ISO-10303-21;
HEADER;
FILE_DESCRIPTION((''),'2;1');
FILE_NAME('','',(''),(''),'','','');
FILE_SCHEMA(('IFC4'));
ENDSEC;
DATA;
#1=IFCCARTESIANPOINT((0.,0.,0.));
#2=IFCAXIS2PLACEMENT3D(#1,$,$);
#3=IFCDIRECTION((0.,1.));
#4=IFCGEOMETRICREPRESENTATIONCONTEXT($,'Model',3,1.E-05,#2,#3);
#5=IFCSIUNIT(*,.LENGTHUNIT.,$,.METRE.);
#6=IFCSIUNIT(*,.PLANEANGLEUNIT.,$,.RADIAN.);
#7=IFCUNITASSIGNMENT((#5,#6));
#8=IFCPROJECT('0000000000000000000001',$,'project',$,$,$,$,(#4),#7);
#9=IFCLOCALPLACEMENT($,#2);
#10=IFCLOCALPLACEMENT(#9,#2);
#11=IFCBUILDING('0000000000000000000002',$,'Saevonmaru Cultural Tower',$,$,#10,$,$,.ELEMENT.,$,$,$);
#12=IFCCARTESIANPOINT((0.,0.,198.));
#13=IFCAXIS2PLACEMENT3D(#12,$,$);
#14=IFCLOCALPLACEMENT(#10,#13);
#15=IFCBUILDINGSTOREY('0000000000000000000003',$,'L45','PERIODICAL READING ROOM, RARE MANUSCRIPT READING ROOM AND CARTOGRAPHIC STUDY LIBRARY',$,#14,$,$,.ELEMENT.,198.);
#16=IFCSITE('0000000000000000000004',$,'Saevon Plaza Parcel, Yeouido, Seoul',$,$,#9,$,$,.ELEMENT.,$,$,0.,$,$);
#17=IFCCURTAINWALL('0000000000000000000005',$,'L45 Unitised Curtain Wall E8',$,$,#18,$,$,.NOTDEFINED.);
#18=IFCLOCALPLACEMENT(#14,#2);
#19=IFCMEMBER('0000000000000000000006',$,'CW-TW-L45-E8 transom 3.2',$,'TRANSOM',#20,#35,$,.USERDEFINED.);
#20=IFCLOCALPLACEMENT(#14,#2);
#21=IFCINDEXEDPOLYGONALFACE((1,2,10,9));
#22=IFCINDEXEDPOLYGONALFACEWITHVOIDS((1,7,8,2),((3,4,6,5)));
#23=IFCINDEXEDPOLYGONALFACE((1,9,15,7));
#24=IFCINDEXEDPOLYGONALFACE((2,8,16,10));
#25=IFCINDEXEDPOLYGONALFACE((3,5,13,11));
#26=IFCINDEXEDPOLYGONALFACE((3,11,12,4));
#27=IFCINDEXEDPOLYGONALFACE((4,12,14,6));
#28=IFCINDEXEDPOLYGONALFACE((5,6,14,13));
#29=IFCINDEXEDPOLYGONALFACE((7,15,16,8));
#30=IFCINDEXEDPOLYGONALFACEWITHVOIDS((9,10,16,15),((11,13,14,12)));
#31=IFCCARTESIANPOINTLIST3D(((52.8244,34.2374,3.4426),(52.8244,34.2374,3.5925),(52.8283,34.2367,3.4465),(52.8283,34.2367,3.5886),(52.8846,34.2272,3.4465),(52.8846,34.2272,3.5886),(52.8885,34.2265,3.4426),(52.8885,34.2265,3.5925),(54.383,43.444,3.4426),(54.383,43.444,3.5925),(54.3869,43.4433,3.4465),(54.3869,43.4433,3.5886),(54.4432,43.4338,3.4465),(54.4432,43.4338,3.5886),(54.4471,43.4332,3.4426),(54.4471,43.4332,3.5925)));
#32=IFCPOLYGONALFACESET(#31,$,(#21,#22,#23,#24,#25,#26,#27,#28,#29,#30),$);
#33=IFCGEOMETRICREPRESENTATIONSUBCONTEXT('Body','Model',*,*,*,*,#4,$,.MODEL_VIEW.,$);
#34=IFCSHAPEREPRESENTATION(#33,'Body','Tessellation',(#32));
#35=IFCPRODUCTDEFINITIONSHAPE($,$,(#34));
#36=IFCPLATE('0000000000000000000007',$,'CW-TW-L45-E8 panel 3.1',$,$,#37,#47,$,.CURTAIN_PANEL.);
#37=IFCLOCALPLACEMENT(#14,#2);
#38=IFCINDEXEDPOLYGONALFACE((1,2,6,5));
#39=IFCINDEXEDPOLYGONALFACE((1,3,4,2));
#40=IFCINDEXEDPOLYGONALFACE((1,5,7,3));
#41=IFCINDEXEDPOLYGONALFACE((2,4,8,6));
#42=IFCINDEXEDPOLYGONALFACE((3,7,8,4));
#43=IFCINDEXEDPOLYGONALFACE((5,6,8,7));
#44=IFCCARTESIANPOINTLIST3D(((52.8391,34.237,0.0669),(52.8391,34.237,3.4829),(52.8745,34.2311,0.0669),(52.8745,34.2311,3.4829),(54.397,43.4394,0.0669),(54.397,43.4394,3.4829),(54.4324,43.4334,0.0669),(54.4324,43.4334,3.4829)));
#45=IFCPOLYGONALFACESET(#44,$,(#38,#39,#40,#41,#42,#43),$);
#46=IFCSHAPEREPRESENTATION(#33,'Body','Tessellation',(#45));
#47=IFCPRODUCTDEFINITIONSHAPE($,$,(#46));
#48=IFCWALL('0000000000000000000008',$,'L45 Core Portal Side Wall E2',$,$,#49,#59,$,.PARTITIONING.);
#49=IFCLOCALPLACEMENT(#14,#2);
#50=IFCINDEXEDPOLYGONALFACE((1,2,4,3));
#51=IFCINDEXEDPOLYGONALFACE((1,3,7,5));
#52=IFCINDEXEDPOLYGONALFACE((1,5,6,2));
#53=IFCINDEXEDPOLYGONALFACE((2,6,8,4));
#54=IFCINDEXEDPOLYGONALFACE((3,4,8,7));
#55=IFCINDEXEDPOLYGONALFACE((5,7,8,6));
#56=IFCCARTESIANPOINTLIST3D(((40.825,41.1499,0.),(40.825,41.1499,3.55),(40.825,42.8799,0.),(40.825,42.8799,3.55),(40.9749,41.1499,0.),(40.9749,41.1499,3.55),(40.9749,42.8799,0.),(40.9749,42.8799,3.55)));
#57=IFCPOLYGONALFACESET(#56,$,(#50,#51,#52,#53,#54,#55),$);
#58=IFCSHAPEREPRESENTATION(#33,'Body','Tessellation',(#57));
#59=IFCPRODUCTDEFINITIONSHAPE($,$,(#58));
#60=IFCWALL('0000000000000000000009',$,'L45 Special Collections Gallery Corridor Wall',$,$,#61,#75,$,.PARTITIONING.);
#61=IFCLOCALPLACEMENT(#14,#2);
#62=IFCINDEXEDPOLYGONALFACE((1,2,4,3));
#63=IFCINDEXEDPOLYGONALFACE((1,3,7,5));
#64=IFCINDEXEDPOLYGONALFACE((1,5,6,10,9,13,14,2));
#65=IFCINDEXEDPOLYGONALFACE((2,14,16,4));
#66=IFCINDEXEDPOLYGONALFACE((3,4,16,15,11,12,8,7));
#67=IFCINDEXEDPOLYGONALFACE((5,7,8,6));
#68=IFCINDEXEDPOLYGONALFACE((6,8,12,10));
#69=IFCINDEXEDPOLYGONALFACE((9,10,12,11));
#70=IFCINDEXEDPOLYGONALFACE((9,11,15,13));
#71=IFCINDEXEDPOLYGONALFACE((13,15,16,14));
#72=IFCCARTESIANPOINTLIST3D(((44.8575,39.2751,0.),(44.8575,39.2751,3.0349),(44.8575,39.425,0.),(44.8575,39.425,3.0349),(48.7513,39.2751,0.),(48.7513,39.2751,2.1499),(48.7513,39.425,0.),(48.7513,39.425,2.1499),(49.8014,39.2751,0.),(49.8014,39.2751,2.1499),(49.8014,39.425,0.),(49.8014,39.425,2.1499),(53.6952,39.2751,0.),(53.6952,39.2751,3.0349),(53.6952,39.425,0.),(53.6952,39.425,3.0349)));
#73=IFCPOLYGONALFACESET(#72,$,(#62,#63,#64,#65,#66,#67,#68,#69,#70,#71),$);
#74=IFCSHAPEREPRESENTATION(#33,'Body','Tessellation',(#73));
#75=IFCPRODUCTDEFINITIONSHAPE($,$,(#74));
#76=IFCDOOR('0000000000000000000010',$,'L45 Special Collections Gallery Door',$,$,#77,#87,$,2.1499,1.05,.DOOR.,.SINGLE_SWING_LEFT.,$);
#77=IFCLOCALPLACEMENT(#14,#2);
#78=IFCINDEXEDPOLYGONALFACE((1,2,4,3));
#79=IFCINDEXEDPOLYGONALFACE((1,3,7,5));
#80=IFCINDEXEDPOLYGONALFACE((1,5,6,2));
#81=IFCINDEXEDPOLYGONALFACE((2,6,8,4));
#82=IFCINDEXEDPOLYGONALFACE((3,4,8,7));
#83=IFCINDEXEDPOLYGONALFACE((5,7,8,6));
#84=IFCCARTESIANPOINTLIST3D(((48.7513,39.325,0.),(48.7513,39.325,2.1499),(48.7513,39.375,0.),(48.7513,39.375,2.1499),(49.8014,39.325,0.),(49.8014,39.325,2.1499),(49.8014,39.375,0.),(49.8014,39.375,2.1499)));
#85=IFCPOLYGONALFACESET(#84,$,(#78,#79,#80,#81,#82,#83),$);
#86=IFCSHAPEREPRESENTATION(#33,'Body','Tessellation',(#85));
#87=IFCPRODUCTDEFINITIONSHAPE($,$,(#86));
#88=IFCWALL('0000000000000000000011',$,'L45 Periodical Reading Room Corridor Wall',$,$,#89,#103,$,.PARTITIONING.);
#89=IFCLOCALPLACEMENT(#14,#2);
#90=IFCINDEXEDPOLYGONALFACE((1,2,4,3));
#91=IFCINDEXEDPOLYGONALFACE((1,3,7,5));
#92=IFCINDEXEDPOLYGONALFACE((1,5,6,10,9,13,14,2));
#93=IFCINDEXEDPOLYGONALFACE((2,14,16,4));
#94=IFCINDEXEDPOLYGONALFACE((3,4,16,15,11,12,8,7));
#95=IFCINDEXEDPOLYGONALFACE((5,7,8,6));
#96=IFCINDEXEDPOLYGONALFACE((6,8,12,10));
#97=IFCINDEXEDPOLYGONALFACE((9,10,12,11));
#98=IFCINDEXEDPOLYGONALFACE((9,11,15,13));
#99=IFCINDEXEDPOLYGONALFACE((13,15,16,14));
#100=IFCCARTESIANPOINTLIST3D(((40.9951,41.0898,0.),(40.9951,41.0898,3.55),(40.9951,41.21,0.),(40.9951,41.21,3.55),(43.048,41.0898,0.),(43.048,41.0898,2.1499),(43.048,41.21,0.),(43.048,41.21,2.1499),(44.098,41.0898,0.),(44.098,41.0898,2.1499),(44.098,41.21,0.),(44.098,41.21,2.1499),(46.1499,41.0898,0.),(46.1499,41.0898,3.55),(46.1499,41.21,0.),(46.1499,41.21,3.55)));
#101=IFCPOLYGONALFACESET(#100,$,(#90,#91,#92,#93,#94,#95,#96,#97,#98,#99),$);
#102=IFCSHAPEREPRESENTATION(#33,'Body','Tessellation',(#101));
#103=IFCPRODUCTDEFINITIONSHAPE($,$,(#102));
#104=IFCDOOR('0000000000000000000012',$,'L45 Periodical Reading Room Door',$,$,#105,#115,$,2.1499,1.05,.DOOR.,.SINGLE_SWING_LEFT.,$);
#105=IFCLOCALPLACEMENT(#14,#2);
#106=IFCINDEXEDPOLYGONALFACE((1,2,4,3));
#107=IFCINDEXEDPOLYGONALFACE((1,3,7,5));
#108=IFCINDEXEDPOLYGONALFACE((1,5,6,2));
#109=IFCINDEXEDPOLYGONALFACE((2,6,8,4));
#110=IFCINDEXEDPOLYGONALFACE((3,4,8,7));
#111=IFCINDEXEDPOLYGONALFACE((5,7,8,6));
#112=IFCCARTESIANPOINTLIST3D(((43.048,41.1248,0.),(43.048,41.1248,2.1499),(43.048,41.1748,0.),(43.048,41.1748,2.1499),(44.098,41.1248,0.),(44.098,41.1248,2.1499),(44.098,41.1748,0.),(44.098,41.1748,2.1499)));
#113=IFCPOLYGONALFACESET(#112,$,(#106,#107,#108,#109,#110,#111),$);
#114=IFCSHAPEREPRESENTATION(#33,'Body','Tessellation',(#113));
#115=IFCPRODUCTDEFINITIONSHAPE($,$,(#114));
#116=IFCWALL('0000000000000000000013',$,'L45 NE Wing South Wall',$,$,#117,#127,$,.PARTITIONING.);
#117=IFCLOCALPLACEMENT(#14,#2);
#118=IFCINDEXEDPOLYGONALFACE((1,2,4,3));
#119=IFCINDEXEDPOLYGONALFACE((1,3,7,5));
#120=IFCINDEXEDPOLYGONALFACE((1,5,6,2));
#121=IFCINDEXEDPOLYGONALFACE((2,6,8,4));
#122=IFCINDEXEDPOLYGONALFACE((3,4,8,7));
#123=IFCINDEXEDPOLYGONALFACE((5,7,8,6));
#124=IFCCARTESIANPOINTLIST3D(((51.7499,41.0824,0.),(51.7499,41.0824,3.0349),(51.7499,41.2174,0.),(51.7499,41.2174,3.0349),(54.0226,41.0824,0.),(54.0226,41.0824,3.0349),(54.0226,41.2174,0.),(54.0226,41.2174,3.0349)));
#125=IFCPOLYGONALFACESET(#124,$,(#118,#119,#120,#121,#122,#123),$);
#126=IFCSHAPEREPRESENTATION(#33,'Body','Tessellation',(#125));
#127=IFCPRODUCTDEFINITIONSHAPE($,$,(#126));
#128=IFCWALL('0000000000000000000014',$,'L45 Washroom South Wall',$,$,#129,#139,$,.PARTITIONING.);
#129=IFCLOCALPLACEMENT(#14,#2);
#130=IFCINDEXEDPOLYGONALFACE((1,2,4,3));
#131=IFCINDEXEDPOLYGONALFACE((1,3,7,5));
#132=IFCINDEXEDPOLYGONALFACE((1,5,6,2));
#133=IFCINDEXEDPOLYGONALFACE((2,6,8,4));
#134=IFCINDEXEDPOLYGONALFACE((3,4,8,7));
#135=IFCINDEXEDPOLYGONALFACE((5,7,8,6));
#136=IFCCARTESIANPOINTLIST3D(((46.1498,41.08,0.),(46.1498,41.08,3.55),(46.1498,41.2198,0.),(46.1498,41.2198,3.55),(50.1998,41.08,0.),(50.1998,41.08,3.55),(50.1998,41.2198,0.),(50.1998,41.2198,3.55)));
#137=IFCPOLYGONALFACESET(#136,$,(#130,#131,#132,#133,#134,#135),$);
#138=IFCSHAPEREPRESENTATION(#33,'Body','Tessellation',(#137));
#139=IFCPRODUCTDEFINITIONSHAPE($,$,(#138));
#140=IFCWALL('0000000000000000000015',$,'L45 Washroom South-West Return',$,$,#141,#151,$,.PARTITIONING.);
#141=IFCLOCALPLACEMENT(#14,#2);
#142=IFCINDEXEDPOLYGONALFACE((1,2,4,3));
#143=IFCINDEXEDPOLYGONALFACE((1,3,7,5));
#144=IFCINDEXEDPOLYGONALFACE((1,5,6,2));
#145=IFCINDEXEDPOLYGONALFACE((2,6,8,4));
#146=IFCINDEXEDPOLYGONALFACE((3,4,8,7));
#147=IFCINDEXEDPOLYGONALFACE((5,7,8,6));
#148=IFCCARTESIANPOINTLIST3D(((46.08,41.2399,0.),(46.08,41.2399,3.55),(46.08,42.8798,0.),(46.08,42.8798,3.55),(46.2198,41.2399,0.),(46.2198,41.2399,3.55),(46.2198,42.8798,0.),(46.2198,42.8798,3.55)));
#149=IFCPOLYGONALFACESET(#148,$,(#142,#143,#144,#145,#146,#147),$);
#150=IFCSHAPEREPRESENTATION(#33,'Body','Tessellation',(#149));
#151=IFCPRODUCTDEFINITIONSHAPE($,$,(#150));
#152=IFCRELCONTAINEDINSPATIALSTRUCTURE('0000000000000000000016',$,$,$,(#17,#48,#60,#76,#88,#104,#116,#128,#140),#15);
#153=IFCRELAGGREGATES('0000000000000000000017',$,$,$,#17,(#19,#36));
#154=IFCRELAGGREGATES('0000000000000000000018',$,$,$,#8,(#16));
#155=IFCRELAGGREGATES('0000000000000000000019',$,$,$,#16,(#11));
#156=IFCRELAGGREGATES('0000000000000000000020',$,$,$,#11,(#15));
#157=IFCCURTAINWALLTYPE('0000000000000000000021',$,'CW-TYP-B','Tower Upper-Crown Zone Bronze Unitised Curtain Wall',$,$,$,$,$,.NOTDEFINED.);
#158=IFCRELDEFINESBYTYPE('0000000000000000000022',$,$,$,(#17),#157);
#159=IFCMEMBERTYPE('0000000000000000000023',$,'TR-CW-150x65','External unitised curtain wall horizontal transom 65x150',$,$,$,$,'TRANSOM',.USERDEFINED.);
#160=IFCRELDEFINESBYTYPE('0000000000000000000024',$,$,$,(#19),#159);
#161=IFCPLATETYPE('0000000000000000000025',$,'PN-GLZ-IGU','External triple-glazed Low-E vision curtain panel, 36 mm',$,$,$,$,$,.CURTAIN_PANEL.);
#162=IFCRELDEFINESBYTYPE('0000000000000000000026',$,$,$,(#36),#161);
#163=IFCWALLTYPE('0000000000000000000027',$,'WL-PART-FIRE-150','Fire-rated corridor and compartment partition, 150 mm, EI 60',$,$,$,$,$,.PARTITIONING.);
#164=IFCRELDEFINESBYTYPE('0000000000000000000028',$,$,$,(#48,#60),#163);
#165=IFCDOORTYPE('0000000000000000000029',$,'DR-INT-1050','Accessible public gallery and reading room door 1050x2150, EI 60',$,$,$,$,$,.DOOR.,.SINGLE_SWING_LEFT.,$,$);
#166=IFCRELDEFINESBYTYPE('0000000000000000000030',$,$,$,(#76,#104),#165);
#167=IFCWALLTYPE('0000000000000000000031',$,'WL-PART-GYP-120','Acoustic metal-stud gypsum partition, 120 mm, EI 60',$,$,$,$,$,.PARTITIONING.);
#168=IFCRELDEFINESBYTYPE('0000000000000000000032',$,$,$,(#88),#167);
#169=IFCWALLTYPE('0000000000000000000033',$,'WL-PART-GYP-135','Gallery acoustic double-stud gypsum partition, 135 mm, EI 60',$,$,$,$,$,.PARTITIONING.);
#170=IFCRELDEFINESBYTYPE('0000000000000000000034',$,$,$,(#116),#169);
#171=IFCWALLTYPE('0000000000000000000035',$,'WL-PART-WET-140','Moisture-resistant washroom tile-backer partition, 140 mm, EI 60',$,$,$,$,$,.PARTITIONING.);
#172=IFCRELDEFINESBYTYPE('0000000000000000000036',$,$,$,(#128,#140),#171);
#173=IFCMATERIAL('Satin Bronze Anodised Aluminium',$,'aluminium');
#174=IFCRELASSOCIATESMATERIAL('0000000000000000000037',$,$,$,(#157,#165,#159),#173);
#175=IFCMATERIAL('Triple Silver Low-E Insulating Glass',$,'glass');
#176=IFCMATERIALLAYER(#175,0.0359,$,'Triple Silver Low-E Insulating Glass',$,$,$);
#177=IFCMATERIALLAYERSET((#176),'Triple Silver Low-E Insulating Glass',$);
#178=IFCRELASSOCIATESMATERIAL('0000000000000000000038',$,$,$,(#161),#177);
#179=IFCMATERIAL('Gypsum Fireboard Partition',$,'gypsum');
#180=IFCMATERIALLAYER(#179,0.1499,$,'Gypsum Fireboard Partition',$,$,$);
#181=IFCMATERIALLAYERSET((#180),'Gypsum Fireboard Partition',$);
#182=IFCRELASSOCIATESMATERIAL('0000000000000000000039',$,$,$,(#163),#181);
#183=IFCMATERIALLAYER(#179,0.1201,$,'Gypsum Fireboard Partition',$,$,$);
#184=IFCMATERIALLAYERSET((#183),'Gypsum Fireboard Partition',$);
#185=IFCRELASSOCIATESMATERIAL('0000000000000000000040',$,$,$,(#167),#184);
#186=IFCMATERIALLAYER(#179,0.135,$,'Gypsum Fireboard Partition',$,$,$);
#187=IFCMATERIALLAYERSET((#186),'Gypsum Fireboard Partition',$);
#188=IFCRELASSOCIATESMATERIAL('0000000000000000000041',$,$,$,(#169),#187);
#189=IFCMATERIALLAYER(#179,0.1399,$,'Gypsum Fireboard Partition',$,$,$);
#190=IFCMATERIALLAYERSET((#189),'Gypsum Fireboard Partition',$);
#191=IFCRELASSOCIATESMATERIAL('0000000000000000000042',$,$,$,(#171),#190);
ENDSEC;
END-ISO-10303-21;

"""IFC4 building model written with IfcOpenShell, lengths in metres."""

from ifc_helpers import new_model, si_unit, direction, frame, frame_2d, origin, origin_2d, place, context, subcontext, project, spatial, rectangle, hollow_rectangle, extrude, material, layer, layer_set, material_profile, profile_set, type_object, element, fill, aggregate, save


model = new_model("IFC4")

# Units and contexts
model_context = context("Model", 3, precision=1e-05, world=origin(), true_north=direction((0.0, 1.0)))
body_context = subcontext(model_context, "Body", "Model", "MODEL_VIEW")
ifc_project = project(units=[si_unit("LENGTHUNIT", "METRE"), si_unit("PLANEANGLEUNIT", "RADIAN")], contexts=[model_context])

# Site, building, storey
site_placement = place(None, origin())
site = spatial("IfcSite", under=ifc_project, at=site_placement, Name="Saevon Plaza Parcel, Yeouido, Seoul", CompositionType="ELEMENT", RefElevation=0.0)
building_placement = place(site_placement, origin())
building = spatial("IfcBuilding", under=site, at=building_placement, Name="Saevonmaru Cultural Tower", CompositionType="ELEMENT")
storey_placement = place(building_placement, frame((0.0, 0.0, 198.0)))
storey = spatial("IfcBuildingStorey", under=building, at=storey_placement, Name="L45", Description="PERIODICAL READING ROOM, RARE MANUSCRIPT READING ROOM AND CARTOGRAPHIC STUDY LIBRARY", CompositionType="ELEMENT", Elevation=198.0)

# Curtain wall, member, plate
ifc_material_1 = material(Name="Satin Bronze Anodised Aluminium", Category="aluminium")
curtain_wall_type = type_object("IfcCurtainWallType", Name="CW-TYP-B", Description="Tower Upper-Crown Zone Bronze Unitised Curtain Wall", PredefinedType="NOTDEFINED", material=ifc_material_1)
curtain_wall_placement = place(storey_placement, origin())
curtain_wall = element("IfcCurtainWall", 1, at=curtain_wall_placement, inside=storey, type_object=curtain_wall_type, Name="L45 Unitised Curtain Wall E8", PredefinedType="NOTDEFINED")
ifc_material_profile_1 = material_profile(ifc_material_1, hollow_rectangle(XDim=0.0649, YDim=0.1499, WallThickness=0.0039, at=origin_2d()), Name="ALU-TRAN-150x65x4")
ifc_profile_set_1 = profile_set([ifc_material_profile_1], Name="Satin Bronze Anodised Aluminium")
member_type_1 = type_object("IfcMemberType", Name="TR-CW-150x65", Description="External unitised curtain wall horizontal transom 65x150", ElementType="TRANSOM", PredefinedType="USERDEFINED", material=ifc_profile_set_1)
member_1_placement = place(storey_placement, frame((52.8564, 34.2319, 3.5176), z_axis=(0.166917, 0.985971, 0.0), x_axis=(-0.985971, 0.166917, 0.0)))
member_1 = element("IfcMember", 2, at=member_1_placement, type_object=member_type_1, Name="CW-TW-L45-E8 transom 3.2", ObjectType="TRANSOM", PredefinedType="USERDEFINED", context=body_context, shape_type="SweptSolid", body=[
    extrude(hollow_rectangle(XDim=0.0649, YDim=0.1499, WallThickness=0.0039, at=origin_2d()), origin(), (0.0, 0.0, 1.0), 9.3376),
])
ifc_material_2 = material(Name="Triple Silver Low-E Insulating Glass", Category="glass")
ifc_layer_1 = layer(ifc_material_2, 0.0359, Name="Triple Silver Low-E Insulating Glass")
ifc_layer_set_1 = layer_set([ifc_layer_1], Name="Triple Silver Low-E Insulating Glass")
plate_type = type_object("IfcPlateType", Name="PN-GLZ-IGU", Description="External triple-glazed Low-E vision curtain panel, 36 mm", PredefinedType="CURTAIN_PANEL", material=ifc_layer_set_1)
plate_placement = place(storey_placement, frame((53.6357, 38.8352, 0.0669), z_axis=(0.0, 0.0, 1.0), x_axis=(0.166922, 0.98597, 0.0)))
plate = element("IfcPlate", 3, at=plate_placement, type_object=plate_type, Name="CW-TW-L45-E8 panel 3.1", PredefinedType="CURTAIN_PANEL", context=body_context, shape_type="SweptSolid", body=[
    extrude(rectangle(XDim=9.3333, YDim=0.0359, at=origin_2d()), origin(), (0.0, 0.0, 1.0), 3.416),
])
aggregate(curtain_wall, [member_1, plate])

# Shared definitions
ifc_material_3 = material(Name="Gypsum Fireboard Partition", Category="gypsum")
ifc_layer_2 = layer(ifc_material_3, 0.1499, Name="Gypsum Fireboard Partition")
ifc_layer_set_2 = layer_set([ifc_layer_2], Name="Gypsum Fireboard Partition")
wall_type_1 = type_object("IfcWallType", Name="WL-PART-FIRE-150", Description="Fire-rated corridor and compartment partition, 150 mm, EI 60", PredefinedType="PARTITIONING", material=ifc_layer_set_2)
door_type_1 = type_object("IfcDoorType", Name="DR-INT-1050", Description="Accessible public gallery and reading room door 1050x2150, EI 60", OperationType="SINGLE_SWING_LEFT", PredefinedType="DOOR", material=ifc_material_1)

# Wall
wall_1_placement = place(storey_placement, frame((40.8999, 41.1499, 0.0), z_axis=(0.0, 0.0, 1.0), x_axis=(0.0, 1.0, 0.0)))
element("IfcWall", 4, at=wall_1_placement, inside=storey, type_object=wall_type_1, Name="L45 Core Portal Side Wall E2", PredefinedType="PARTITIONING", context=body_context, shape_type="SweptSolid", body=[
    extrude(rectangle(XDim=1.73, YDim=0.1499, at=frame_2d((0.865, 0.0))), origin(), (0.0, 0.0, 1.0), 3.55),
])

# Walls, openings, doors
wall_2_placement = place(storey_placement, frame((44.8574, 39.3501, 0.0), z_axis=(0.0, 0.0, 1.0), x_axis=(1.0, 0.0, 0.0)))
wall_2 = element("IfcWall", 5, at=wall_2_placement, inside=storey, type_object=wall_type_1, Name="L45 Special Collections Gallery Corridor Wall", PredefinedType="PARTITIONING", context=body_context, shape_type="SweptSolid", body=[
    extrude(rectangle(XDim=8.8376, YDim=0.1499, at=frame_2d((4.4189, 0.0))), origin(), (0.0, 0.0, 1.0), 3.0349),
])
opening_1_placement = place(wall_2_placement, frame((3.894, 0.0, 0.0)))
opening_1 = element("IfcOpeningElement", 6, at=opening_1_placement, cuts=wall_2, PredefinedType="OPENING", context=body_context, shape_type="SweptSolid", body=[
    extrude(rectangle(XDim=1.05, YDim=2.1499, at=frame_2d((0.5249, 1.075))), frame((0.0, 0.085, 0.0), z_axis=(0.0, -1.0, 0.0), x_axis=(1.0, 0.0, 0.0)), (0.0, 0.0, 1.0), 0.1699),
])
door_1_placement = place(opening_1_placement, origin())
door_1 = element("IfcDoor", 7, at=door_1_placement, inside=storey, type_object=door_type_1, Name="L45 Special Collections Gallery Door", OperationType="SINGLE_SWING_LEFT", OverallHeight=2.1499, OverallWidth=1.05, PredefinedType="DOOR", context=body_context, shape_type="SweptSolid", body=[
    extrude(rectangle(XDim=1.05, YDim=2.1499, at=frame_2d((0.5249, 1.075))), frame((0.0, 0.0249, 0.0), z_axis=(0.0, -1.0, 0.0), x_axis=(1.0, 0.0, 0.0)), (0.0, 0.0, 1.0), 0.05),
])
fill(opening_1, door_1)
ifc_layer_3 = layer(ifc_material_3, 0.1201, Name="Gypsum Fireboard Partition")
ifc_layer_set_3 = layer_set([ifc_layer_3], Name="Gypsum Fireboard Partition")
wall_type_2 = type_object("IfcWallType", Name="WL-PART-GYP-120", Description="Acoustic metal-stud gypsum partition, 120 mm, EI 60", PredefinedType="PARTITIONING", material=ifc_layer_set_3)
wall_3_placement = place(storey_placement, frame((40.9951, 41.1499, 0.0), z_axis=(0.0, 0.0, 1.0), x_axis=(1.0, 0.0, 0.0)))
wall_3 = element("IfcWall", 8, at=wall_3_placement, inside=storey, type_object=wall_type_2, Name="L45 Periodical Reading Room Corridor Wall", PredefinedType="PARTITIONING", context=body_context, shape_type="SweptSolid", body=[
    extrude(rectangle(XDim=5.1548, YDim=0.1201, at=frame_2d((2.5774, 0.0))), origin(), (0.0, 0.0, 1.0), 3.55),
])
opening_2_placement = place(wall_3_placement, frame((2.053, 0.0, 0.0)))
opening_2 = element("IfcOpeningElement", 9, at=opening_2_placement, cuts=wall_3, PredefinedType="OPENING", context=body_context, shape_type="SweptSolid", body=[
    extrude(rectangle(XDim=1.05, YDim=2.1499, at=frame_2d((0.5249, 1.075))), frame((0.0, 0.0701, 0.0), z_axis=(0.0, -1.0, 0.0), x_axis=(1.0, 0.0, 0.0)), (0.0, 0.0, 1.0), 0.1401),
])
door_2_placement = place(opening_2_placement, origin())
door_2 = element("IfcDoor", 10, at=door_2_placement, inside=storey, type_object=door_type_1, Name="L45 Periodical Reading Room Door", OperationType="SINGLE_SWING_LEFT", OverallHeight=2.1499, OverallWidth=1.05, PredefinedType="DOOR", context=body_context, shape_type="SweptSolid", body=[
    extrude(rectangle(XDim=1.05, YDim=2.1499, at=frame_2d((0.5249, 1.075))), frame((0.0, 0.0249, 0.0), z_axis=(0.0, -1.0, 0.0), x_axis=(1.0, 0.0, 0.0)), (0.0, 0.0, 1.0), 0.05),
])
fill(opening_2, door_2)

# Walls
ifc_layer_4 = layer(ifc_material_3, 0.135, Name="Gypsum Fireboard Partition")
ifc_layer_set_4 = layer_set([ifc_layer_4], Name="Gypsum Fireboard Partition")
wall_type_3 = type_object("IfcWallType", Name="WL-PART-GYP-135", Description="Gallery acoustic double-stud gypsum partition, 135 mm, EI 60", PredefinedType="PARTITIONING", material=ifc_layer_set_4)
wall_4_placement = place(storey_placement, frame((51.75, 41.1499, 0.0), z_axis=(0.0, 0.0, 1.0), x_axis=(1.0, 0.0, 0.0)))
element("IfcWall", 11, at=wall_4_placement, inside=storey, type_object=wall_type_3, Name="L45 NE Wing South Wall", PredefinedType="PARTITIONING", context=body_context, shape_type="SweptSolid", body=[
    extrude(rectangle(XDim=2.2727, YDim=0.135, at=frame_2d((1.1362, 0.0))), origin(), (0.0, 0.0, 1.0), 3.0349),
])
ifc_layer_5 = layer(ifc_material_3, 0.1399, Name="Gypsum Fireboard Partition")
ifc_layer_set_5 = layer_set([ifc_layer_5], Name="Gypsum Fireboard Partition")
wall_type_4 = type_object("IfcWallType", Name="WL-PART-WET-140", Description="Moisture-resistant washroom tile-backer partition, 140 mm, EI 60", PredefinedType="PARTITIONING", material=ifc_layer_set_5)
wall_5_placement = place(storey_placement, frame((46.1499, 41.1499, 0.0), z_axis=(0.0, 0.0, 1.0), x_axis=(1.0, 0.0, 0.0)))
element("IfcWall", 12, at=wall_5_placement, inside=storey, type_object=wall_type_4, Name="L45 Washroom South Wall", PredefinedType="PARTITIONING", context=body_context, shape_type="SweptSolid", body=[
    extrude(rectangle(XDim=4.05, YDim=0.1399, at=frame_2d((2.0249, 0.0))), origin(), (0.0, 0.0, 1.0), 3.55),
])
wall_6_placement = place(storey_placement, frame((46.1499, 41.24, 0.0), z_axis=(0.0, 0.0, 1.0), x_axis=(0.0, 1.0, 0.0)))
element("IfcWall", 13, at=wall_6_placement, inside=storey, type_object=wall_type_4, Name="L45 Washroom South-West Return", PredefinedType="PARTITIONING", context=body_context, shape_type="SweptSolid", body=[
    extrude(rectangle(XDim=1.6399, YDim=0.1399, at=frame_2d((0.8198, 0.0))), origin(), (0.0, 0.0, 1.0), 3.55),
])

save(model, "model.ifc")
